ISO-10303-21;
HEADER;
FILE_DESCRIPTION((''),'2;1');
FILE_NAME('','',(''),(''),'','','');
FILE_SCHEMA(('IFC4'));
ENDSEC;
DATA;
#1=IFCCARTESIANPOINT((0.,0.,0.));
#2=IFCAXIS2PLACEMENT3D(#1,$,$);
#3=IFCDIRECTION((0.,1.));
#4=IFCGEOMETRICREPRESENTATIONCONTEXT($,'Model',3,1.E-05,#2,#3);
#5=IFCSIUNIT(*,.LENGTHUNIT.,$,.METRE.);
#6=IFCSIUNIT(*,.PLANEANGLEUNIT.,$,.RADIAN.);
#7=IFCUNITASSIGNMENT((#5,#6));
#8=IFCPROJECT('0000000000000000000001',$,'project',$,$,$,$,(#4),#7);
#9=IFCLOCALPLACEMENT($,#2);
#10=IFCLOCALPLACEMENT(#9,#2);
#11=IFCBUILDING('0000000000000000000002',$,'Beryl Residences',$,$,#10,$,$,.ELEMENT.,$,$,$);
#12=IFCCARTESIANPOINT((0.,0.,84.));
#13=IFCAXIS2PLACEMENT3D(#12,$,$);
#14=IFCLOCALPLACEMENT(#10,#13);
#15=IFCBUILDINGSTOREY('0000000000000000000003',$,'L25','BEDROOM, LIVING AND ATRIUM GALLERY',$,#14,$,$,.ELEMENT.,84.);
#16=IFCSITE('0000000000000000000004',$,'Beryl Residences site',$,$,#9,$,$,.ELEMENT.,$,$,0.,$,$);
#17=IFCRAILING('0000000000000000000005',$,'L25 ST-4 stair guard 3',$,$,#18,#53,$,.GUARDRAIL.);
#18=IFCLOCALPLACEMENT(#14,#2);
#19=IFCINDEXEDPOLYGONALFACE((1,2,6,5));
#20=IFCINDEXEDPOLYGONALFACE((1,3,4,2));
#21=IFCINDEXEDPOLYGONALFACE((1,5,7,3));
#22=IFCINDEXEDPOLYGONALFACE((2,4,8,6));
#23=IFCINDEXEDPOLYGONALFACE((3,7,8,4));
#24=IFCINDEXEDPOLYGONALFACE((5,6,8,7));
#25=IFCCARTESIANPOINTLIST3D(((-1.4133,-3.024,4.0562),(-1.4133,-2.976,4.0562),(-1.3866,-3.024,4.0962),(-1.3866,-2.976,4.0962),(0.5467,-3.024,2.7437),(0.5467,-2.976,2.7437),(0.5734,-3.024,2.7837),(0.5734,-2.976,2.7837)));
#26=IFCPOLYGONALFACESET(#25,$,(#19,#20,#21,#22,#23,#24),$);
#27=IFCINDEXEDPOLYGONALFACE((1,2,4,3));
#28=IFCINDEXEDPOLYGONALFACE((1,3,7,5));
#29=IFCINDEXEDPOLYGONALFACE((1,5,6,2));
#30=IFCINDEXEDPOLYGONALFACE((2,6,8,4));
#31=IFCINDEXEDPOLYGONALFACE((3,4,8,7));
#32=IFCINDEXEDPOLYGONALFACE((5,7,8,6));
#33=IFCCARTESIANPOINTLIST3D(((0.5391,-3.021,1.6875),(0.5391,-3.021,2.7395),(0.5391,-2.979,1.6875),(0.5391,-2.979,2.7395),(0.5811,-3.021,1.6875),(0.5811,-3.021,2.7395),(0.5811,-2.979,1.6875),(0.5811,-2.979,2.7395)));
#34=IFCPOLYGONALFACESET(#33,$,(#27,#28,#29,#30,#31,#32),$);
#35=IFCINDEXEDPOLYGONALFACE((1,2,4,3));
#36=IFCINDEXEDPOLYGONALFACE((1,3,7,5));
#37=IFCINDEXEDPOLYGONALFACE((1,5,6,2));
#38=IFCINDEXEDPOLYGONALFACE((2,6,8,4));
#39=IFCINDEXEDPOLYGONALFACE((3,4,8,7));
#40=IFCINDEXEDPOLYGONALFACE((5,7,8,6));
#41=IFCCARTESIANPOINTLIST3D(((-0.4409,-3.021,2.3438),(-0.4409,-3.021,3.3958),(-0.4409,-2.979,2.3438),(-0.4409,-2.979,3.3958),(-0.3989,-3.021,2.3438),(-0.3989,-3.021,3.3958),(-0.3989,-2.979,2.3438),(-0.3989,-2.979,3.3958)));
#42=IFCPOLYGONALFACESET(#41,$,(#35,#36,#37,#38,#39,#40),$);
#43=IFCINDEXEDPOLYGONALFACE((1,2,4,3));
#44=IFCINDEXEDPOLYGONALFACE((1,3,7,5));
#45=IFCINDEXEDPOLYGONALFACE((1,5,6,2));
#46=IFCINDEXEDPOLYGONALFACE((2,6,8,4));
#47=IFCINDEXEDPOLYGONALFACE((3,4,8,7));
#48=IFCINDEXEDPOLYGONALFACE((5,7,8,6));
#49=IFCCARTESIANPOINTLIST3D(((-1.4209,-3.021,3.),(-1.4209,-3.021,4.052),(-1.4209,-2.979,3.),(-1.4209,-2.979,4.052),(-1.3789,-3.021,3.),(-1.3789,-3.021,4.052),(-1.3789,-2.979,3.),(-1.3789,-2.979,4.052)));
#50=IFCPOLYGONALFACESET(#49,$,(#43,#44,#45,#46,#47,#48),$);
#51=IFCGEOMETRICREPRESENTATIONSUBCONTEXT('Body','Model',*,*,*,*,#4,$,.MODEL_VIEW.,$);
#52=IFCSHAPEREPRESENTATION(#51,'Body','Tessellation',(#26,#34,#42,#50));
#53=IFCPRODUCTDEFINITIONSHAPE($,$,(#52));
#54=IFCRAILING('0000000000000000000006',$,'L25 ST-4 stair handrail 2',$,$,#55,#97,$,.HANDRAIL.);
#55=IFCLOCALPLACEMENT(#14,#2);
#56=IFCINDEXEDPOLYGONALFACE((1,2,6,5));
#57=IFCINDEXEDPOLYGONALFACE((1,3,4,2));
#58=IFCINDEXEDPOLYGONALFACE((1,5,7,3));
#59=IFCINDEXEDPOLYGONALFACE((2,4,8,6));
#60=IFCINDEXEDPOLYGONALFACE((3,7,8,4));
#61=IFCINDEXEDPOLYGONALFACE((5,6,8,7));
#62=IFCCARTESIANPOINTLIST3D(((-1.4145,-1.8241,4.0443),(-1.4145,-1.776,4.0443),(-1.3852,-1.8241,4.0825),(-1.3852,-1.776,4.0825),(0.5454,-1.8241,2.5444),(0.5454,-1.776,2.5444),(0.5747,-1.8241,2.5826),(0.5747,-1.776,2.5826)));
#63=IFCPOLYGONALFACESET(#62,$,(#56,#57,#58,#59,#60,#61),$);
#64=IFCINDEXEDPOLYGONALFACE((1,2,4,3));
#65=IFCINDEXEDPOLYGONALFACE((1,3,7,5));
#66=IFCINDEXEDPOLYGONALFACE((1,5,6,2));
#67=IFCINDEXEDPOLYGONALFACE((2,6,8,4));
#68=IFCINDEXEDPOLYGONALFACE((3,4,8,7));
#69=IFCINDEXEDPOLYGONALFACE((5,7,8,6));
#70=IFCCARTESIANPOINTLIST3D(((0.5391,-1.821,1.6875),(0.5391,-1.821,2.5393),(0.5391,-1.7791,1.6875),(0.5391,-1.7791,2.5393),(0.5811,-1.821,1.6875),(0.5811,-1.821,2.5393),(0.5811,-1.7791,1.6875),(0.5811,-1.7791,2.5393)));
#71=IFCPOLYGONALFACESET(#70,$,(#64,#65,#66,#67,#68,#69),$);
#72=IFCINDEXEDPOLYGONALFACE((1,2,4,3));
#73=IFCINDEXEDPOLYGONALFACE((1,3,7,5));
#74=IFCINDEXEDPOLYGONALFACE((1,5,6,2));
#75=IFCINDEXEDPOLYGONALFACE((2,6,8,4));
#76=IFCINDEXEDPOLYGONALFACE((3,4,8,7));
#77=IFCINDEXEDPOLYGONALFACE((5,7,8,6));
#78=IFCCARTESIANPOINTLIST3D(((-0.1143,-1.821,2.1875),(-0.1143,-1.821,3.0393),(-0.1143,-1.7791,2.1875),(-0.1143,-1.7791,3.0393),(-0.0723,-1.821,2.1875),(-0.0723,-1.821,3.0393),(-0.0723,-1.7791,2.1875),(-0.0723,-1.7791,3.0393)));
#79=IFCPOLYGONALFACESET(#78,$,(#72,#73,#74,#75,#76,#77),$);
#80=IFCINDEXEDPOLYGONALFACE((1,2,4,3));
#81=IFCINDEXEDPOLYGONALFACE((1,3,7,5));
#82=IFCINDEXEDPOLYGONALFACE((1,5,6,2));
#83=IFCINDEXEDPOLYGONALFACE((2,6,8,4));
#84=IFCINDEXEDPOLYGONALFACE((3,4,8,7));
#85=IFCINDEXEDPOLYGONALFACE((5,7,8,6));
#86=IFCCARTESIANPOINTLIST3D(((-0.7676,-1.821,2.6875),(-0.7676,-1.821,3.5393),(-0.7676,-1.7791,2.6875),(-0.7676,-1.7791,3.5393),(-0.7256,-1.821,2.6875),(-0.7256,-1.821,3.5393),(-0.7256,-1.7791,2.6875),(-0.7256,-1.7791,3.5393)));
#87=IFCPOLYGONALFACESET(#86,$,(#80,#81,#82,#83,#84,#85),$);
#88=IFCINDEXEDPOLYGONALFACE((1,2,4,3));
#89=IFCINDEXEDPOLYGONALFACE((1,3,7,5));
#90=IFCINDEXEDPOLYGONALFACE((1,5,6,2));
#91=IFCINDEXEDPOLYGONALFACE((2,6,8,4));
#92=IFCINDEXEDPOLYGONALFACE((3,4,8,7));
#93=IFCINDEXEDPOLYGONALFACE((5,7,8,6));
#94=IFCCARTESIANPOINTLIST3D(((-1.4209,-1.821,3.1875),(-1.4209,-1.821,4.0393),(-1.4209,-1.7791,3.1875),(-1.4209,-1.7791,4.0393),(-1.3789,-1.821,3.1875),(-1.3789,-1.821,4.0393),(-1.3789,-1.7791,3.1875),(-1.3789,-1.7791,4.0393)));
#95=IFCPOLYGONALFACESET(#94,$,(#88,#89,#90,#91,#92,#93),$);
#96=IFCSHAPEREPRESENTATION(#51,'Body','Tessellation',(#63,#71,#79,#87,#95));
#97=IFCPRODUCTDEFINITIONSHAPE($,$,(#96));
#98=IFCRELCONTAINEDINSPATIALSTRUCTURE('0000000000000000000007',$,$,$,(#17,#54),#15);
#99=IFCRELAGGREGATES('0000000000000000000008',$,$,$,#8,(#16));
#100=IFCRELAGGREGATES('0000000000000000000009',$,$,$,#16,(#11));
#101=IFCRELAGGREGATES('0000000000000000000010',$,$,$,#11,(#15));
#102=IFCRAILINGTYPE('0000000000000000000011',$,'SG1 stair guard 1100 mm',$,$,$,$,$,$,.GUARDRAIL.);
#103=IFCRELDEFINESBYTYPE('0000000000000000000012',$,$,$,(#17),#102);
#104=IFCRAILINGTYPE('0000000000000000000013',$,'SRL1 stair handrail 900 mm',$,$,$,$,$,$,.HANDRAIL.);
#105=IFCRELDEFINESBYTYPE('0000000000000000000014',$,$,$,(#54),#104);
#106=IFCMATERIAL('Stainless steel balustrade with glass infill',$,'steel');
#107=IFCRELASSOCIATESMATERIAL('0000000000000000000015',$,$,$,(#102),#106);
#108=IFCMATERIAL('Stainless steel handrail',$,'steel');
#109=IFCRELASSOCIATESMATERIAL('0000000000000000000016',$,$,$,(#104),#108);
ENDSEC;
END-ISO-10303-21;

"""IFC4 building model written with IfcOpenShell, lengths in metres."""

from ifc_helpers import new_model, si_unit, direction, frame, origin, origin_2d, place, context, subcontext, project, spatial, rectangle, extrude, material, type_object, element, save


model = new_model("IFC4")

# Units and contexts
model_context = context("Model", 3, precision=1e-05, world=origin(), true_north=direction((0.0, 1.0)))
body_context = subcontext(model_context, "Body", "Model", "MODEL_VIEW")
ifc_project = project(units=[si_unit("LENGTHUNIT", "METRE"), si_unit("PLANEANGLEUNIT", "RADIAN")], contexts=[model_context])

# Site, building, storey
site_placement = place(None, origin())
site = spatial("IfcSite", under=ifc_project, at=site_placement, Name="Beryl Residences site", CompositionType="ELEMENT", RefElevation=0.0)
building_placement = place(site_placement, origin())
building = spatial("IfcBuilding", under=site, at=building_placement, Name="Beryl Residences", CompositionType="ELEMENT")
storey_placement = place(building_placement, frame((0.0, 0.0, 84.0)))
storey = spatial("IfcBuildingStorey", under=building, at=storey_placement, Name="L25", Description="BEDROOM, LIVING AND ATRIUM GALLERY", CompositionType="ELEMENT", Elevation=84.0)

# Railings
ifc_material_1 = material(Name="Stainless steel balustrade with glass infill", Category="steel")
railing_type_1 = type_object("IfcRailingType", Name="SG1 stair guard 1100 mm", PredefinedType="GUARDRAIL", material=ifc_material_1)
railing_1_placement = place(storey_placement, frame((0.5601, -3.0, 1.6875)))
element("IfcRailing", 1, at=railing_1_placement, inside=storey, type_object=railing_type_1, Name="L25 ST-4 stair guard 3", PredefinedType="GUARDRAIL", context=body_context, shape_type="SweptSolid", body=[
    extrude(rectangle(XDim=0.0481, YDim=0.0481, at=origin_2d()), frame((0.0, 0.0, 1.0762), z_axis=(-0.830902, 0.0, 0.556419), x_axis=(0.0, -1.0, 0.0)), (0.0, 0.0, 1.0), 2.3589),
    extrude(rectangle(XDim=0.042, YDim=0.042, at=origin_2d()), origin(), (0.0, 0.0, 1.0), 1.052),
    extrude(rectangle(XDim=0.042, YDim=0.042, at=origin_2d()), frame((-0.98, 0.0, 0.6562)), (0.0, 0.0, 1.0), 1.052),
    extrude(rectangle(XDim=0.042, YDim=0.042, at=origin_2d()), frame((-1.96, 0.0, 1.3125)), (0.0, 0.0, 1.0), 1.052),
])
ifc_material_2 = material(Name="Stainless steel handrail", Category="steel")
railing_type_2 = type_object("IfcRailingType", Name="SRL1 stair handrail 900 mm", PredefinedType="HANDRAIL", material=ifc_material_2)
railing_2_placement = place(storey_placement, frame((0.5601, -1.8, 1.6875)))
element("IfcRailing", 2, at=railing_2_placement, inside=storey, type_object=railing_type_2, Name="L25 ST-4 stair handrail 2", PredefinedType="HANDRAIL", context=body_context, shape_type="SweptSolid", body=[
    extrude(rectangle(XDim=0.0481, YDim=0.0481, at=origin_2d()), frame((0.0, 0.0, 0.876), z_axis=(-0.794122, 0.0, 0.607758), x_axis=(0.0, -1.0, 0.0)), (0.0, 0.0, 1.0), 2.468),
    extrude(rectangle(XDim=0.042, YDim=0.042, at=origin_2d()), origin(), (0.0, 0.0, 1.0), 0.8518),
    extrude(rectangle(XDim=0.042, YDim=0.042, at=origin_2d()), frame((-0.6533, 0.0, 0.5)), (0.0, 0.0, 1.0), 0.8518),
    extrude(rectangle(XDim=0.042, YDim=0.042, at=origin_2d()), frame((-1.3066, 0.0, 1.0)), (0.0, 0.0, 1.0), 0.8518),
    extrude(rectangle(XDim=0.042, YDim=0.042, at=origin_2d()), frame((-1.96, 0.0, 1.5)), (0.0, 0.0, 1.0), 0.8518),
])

save(model, "model.ifc")
